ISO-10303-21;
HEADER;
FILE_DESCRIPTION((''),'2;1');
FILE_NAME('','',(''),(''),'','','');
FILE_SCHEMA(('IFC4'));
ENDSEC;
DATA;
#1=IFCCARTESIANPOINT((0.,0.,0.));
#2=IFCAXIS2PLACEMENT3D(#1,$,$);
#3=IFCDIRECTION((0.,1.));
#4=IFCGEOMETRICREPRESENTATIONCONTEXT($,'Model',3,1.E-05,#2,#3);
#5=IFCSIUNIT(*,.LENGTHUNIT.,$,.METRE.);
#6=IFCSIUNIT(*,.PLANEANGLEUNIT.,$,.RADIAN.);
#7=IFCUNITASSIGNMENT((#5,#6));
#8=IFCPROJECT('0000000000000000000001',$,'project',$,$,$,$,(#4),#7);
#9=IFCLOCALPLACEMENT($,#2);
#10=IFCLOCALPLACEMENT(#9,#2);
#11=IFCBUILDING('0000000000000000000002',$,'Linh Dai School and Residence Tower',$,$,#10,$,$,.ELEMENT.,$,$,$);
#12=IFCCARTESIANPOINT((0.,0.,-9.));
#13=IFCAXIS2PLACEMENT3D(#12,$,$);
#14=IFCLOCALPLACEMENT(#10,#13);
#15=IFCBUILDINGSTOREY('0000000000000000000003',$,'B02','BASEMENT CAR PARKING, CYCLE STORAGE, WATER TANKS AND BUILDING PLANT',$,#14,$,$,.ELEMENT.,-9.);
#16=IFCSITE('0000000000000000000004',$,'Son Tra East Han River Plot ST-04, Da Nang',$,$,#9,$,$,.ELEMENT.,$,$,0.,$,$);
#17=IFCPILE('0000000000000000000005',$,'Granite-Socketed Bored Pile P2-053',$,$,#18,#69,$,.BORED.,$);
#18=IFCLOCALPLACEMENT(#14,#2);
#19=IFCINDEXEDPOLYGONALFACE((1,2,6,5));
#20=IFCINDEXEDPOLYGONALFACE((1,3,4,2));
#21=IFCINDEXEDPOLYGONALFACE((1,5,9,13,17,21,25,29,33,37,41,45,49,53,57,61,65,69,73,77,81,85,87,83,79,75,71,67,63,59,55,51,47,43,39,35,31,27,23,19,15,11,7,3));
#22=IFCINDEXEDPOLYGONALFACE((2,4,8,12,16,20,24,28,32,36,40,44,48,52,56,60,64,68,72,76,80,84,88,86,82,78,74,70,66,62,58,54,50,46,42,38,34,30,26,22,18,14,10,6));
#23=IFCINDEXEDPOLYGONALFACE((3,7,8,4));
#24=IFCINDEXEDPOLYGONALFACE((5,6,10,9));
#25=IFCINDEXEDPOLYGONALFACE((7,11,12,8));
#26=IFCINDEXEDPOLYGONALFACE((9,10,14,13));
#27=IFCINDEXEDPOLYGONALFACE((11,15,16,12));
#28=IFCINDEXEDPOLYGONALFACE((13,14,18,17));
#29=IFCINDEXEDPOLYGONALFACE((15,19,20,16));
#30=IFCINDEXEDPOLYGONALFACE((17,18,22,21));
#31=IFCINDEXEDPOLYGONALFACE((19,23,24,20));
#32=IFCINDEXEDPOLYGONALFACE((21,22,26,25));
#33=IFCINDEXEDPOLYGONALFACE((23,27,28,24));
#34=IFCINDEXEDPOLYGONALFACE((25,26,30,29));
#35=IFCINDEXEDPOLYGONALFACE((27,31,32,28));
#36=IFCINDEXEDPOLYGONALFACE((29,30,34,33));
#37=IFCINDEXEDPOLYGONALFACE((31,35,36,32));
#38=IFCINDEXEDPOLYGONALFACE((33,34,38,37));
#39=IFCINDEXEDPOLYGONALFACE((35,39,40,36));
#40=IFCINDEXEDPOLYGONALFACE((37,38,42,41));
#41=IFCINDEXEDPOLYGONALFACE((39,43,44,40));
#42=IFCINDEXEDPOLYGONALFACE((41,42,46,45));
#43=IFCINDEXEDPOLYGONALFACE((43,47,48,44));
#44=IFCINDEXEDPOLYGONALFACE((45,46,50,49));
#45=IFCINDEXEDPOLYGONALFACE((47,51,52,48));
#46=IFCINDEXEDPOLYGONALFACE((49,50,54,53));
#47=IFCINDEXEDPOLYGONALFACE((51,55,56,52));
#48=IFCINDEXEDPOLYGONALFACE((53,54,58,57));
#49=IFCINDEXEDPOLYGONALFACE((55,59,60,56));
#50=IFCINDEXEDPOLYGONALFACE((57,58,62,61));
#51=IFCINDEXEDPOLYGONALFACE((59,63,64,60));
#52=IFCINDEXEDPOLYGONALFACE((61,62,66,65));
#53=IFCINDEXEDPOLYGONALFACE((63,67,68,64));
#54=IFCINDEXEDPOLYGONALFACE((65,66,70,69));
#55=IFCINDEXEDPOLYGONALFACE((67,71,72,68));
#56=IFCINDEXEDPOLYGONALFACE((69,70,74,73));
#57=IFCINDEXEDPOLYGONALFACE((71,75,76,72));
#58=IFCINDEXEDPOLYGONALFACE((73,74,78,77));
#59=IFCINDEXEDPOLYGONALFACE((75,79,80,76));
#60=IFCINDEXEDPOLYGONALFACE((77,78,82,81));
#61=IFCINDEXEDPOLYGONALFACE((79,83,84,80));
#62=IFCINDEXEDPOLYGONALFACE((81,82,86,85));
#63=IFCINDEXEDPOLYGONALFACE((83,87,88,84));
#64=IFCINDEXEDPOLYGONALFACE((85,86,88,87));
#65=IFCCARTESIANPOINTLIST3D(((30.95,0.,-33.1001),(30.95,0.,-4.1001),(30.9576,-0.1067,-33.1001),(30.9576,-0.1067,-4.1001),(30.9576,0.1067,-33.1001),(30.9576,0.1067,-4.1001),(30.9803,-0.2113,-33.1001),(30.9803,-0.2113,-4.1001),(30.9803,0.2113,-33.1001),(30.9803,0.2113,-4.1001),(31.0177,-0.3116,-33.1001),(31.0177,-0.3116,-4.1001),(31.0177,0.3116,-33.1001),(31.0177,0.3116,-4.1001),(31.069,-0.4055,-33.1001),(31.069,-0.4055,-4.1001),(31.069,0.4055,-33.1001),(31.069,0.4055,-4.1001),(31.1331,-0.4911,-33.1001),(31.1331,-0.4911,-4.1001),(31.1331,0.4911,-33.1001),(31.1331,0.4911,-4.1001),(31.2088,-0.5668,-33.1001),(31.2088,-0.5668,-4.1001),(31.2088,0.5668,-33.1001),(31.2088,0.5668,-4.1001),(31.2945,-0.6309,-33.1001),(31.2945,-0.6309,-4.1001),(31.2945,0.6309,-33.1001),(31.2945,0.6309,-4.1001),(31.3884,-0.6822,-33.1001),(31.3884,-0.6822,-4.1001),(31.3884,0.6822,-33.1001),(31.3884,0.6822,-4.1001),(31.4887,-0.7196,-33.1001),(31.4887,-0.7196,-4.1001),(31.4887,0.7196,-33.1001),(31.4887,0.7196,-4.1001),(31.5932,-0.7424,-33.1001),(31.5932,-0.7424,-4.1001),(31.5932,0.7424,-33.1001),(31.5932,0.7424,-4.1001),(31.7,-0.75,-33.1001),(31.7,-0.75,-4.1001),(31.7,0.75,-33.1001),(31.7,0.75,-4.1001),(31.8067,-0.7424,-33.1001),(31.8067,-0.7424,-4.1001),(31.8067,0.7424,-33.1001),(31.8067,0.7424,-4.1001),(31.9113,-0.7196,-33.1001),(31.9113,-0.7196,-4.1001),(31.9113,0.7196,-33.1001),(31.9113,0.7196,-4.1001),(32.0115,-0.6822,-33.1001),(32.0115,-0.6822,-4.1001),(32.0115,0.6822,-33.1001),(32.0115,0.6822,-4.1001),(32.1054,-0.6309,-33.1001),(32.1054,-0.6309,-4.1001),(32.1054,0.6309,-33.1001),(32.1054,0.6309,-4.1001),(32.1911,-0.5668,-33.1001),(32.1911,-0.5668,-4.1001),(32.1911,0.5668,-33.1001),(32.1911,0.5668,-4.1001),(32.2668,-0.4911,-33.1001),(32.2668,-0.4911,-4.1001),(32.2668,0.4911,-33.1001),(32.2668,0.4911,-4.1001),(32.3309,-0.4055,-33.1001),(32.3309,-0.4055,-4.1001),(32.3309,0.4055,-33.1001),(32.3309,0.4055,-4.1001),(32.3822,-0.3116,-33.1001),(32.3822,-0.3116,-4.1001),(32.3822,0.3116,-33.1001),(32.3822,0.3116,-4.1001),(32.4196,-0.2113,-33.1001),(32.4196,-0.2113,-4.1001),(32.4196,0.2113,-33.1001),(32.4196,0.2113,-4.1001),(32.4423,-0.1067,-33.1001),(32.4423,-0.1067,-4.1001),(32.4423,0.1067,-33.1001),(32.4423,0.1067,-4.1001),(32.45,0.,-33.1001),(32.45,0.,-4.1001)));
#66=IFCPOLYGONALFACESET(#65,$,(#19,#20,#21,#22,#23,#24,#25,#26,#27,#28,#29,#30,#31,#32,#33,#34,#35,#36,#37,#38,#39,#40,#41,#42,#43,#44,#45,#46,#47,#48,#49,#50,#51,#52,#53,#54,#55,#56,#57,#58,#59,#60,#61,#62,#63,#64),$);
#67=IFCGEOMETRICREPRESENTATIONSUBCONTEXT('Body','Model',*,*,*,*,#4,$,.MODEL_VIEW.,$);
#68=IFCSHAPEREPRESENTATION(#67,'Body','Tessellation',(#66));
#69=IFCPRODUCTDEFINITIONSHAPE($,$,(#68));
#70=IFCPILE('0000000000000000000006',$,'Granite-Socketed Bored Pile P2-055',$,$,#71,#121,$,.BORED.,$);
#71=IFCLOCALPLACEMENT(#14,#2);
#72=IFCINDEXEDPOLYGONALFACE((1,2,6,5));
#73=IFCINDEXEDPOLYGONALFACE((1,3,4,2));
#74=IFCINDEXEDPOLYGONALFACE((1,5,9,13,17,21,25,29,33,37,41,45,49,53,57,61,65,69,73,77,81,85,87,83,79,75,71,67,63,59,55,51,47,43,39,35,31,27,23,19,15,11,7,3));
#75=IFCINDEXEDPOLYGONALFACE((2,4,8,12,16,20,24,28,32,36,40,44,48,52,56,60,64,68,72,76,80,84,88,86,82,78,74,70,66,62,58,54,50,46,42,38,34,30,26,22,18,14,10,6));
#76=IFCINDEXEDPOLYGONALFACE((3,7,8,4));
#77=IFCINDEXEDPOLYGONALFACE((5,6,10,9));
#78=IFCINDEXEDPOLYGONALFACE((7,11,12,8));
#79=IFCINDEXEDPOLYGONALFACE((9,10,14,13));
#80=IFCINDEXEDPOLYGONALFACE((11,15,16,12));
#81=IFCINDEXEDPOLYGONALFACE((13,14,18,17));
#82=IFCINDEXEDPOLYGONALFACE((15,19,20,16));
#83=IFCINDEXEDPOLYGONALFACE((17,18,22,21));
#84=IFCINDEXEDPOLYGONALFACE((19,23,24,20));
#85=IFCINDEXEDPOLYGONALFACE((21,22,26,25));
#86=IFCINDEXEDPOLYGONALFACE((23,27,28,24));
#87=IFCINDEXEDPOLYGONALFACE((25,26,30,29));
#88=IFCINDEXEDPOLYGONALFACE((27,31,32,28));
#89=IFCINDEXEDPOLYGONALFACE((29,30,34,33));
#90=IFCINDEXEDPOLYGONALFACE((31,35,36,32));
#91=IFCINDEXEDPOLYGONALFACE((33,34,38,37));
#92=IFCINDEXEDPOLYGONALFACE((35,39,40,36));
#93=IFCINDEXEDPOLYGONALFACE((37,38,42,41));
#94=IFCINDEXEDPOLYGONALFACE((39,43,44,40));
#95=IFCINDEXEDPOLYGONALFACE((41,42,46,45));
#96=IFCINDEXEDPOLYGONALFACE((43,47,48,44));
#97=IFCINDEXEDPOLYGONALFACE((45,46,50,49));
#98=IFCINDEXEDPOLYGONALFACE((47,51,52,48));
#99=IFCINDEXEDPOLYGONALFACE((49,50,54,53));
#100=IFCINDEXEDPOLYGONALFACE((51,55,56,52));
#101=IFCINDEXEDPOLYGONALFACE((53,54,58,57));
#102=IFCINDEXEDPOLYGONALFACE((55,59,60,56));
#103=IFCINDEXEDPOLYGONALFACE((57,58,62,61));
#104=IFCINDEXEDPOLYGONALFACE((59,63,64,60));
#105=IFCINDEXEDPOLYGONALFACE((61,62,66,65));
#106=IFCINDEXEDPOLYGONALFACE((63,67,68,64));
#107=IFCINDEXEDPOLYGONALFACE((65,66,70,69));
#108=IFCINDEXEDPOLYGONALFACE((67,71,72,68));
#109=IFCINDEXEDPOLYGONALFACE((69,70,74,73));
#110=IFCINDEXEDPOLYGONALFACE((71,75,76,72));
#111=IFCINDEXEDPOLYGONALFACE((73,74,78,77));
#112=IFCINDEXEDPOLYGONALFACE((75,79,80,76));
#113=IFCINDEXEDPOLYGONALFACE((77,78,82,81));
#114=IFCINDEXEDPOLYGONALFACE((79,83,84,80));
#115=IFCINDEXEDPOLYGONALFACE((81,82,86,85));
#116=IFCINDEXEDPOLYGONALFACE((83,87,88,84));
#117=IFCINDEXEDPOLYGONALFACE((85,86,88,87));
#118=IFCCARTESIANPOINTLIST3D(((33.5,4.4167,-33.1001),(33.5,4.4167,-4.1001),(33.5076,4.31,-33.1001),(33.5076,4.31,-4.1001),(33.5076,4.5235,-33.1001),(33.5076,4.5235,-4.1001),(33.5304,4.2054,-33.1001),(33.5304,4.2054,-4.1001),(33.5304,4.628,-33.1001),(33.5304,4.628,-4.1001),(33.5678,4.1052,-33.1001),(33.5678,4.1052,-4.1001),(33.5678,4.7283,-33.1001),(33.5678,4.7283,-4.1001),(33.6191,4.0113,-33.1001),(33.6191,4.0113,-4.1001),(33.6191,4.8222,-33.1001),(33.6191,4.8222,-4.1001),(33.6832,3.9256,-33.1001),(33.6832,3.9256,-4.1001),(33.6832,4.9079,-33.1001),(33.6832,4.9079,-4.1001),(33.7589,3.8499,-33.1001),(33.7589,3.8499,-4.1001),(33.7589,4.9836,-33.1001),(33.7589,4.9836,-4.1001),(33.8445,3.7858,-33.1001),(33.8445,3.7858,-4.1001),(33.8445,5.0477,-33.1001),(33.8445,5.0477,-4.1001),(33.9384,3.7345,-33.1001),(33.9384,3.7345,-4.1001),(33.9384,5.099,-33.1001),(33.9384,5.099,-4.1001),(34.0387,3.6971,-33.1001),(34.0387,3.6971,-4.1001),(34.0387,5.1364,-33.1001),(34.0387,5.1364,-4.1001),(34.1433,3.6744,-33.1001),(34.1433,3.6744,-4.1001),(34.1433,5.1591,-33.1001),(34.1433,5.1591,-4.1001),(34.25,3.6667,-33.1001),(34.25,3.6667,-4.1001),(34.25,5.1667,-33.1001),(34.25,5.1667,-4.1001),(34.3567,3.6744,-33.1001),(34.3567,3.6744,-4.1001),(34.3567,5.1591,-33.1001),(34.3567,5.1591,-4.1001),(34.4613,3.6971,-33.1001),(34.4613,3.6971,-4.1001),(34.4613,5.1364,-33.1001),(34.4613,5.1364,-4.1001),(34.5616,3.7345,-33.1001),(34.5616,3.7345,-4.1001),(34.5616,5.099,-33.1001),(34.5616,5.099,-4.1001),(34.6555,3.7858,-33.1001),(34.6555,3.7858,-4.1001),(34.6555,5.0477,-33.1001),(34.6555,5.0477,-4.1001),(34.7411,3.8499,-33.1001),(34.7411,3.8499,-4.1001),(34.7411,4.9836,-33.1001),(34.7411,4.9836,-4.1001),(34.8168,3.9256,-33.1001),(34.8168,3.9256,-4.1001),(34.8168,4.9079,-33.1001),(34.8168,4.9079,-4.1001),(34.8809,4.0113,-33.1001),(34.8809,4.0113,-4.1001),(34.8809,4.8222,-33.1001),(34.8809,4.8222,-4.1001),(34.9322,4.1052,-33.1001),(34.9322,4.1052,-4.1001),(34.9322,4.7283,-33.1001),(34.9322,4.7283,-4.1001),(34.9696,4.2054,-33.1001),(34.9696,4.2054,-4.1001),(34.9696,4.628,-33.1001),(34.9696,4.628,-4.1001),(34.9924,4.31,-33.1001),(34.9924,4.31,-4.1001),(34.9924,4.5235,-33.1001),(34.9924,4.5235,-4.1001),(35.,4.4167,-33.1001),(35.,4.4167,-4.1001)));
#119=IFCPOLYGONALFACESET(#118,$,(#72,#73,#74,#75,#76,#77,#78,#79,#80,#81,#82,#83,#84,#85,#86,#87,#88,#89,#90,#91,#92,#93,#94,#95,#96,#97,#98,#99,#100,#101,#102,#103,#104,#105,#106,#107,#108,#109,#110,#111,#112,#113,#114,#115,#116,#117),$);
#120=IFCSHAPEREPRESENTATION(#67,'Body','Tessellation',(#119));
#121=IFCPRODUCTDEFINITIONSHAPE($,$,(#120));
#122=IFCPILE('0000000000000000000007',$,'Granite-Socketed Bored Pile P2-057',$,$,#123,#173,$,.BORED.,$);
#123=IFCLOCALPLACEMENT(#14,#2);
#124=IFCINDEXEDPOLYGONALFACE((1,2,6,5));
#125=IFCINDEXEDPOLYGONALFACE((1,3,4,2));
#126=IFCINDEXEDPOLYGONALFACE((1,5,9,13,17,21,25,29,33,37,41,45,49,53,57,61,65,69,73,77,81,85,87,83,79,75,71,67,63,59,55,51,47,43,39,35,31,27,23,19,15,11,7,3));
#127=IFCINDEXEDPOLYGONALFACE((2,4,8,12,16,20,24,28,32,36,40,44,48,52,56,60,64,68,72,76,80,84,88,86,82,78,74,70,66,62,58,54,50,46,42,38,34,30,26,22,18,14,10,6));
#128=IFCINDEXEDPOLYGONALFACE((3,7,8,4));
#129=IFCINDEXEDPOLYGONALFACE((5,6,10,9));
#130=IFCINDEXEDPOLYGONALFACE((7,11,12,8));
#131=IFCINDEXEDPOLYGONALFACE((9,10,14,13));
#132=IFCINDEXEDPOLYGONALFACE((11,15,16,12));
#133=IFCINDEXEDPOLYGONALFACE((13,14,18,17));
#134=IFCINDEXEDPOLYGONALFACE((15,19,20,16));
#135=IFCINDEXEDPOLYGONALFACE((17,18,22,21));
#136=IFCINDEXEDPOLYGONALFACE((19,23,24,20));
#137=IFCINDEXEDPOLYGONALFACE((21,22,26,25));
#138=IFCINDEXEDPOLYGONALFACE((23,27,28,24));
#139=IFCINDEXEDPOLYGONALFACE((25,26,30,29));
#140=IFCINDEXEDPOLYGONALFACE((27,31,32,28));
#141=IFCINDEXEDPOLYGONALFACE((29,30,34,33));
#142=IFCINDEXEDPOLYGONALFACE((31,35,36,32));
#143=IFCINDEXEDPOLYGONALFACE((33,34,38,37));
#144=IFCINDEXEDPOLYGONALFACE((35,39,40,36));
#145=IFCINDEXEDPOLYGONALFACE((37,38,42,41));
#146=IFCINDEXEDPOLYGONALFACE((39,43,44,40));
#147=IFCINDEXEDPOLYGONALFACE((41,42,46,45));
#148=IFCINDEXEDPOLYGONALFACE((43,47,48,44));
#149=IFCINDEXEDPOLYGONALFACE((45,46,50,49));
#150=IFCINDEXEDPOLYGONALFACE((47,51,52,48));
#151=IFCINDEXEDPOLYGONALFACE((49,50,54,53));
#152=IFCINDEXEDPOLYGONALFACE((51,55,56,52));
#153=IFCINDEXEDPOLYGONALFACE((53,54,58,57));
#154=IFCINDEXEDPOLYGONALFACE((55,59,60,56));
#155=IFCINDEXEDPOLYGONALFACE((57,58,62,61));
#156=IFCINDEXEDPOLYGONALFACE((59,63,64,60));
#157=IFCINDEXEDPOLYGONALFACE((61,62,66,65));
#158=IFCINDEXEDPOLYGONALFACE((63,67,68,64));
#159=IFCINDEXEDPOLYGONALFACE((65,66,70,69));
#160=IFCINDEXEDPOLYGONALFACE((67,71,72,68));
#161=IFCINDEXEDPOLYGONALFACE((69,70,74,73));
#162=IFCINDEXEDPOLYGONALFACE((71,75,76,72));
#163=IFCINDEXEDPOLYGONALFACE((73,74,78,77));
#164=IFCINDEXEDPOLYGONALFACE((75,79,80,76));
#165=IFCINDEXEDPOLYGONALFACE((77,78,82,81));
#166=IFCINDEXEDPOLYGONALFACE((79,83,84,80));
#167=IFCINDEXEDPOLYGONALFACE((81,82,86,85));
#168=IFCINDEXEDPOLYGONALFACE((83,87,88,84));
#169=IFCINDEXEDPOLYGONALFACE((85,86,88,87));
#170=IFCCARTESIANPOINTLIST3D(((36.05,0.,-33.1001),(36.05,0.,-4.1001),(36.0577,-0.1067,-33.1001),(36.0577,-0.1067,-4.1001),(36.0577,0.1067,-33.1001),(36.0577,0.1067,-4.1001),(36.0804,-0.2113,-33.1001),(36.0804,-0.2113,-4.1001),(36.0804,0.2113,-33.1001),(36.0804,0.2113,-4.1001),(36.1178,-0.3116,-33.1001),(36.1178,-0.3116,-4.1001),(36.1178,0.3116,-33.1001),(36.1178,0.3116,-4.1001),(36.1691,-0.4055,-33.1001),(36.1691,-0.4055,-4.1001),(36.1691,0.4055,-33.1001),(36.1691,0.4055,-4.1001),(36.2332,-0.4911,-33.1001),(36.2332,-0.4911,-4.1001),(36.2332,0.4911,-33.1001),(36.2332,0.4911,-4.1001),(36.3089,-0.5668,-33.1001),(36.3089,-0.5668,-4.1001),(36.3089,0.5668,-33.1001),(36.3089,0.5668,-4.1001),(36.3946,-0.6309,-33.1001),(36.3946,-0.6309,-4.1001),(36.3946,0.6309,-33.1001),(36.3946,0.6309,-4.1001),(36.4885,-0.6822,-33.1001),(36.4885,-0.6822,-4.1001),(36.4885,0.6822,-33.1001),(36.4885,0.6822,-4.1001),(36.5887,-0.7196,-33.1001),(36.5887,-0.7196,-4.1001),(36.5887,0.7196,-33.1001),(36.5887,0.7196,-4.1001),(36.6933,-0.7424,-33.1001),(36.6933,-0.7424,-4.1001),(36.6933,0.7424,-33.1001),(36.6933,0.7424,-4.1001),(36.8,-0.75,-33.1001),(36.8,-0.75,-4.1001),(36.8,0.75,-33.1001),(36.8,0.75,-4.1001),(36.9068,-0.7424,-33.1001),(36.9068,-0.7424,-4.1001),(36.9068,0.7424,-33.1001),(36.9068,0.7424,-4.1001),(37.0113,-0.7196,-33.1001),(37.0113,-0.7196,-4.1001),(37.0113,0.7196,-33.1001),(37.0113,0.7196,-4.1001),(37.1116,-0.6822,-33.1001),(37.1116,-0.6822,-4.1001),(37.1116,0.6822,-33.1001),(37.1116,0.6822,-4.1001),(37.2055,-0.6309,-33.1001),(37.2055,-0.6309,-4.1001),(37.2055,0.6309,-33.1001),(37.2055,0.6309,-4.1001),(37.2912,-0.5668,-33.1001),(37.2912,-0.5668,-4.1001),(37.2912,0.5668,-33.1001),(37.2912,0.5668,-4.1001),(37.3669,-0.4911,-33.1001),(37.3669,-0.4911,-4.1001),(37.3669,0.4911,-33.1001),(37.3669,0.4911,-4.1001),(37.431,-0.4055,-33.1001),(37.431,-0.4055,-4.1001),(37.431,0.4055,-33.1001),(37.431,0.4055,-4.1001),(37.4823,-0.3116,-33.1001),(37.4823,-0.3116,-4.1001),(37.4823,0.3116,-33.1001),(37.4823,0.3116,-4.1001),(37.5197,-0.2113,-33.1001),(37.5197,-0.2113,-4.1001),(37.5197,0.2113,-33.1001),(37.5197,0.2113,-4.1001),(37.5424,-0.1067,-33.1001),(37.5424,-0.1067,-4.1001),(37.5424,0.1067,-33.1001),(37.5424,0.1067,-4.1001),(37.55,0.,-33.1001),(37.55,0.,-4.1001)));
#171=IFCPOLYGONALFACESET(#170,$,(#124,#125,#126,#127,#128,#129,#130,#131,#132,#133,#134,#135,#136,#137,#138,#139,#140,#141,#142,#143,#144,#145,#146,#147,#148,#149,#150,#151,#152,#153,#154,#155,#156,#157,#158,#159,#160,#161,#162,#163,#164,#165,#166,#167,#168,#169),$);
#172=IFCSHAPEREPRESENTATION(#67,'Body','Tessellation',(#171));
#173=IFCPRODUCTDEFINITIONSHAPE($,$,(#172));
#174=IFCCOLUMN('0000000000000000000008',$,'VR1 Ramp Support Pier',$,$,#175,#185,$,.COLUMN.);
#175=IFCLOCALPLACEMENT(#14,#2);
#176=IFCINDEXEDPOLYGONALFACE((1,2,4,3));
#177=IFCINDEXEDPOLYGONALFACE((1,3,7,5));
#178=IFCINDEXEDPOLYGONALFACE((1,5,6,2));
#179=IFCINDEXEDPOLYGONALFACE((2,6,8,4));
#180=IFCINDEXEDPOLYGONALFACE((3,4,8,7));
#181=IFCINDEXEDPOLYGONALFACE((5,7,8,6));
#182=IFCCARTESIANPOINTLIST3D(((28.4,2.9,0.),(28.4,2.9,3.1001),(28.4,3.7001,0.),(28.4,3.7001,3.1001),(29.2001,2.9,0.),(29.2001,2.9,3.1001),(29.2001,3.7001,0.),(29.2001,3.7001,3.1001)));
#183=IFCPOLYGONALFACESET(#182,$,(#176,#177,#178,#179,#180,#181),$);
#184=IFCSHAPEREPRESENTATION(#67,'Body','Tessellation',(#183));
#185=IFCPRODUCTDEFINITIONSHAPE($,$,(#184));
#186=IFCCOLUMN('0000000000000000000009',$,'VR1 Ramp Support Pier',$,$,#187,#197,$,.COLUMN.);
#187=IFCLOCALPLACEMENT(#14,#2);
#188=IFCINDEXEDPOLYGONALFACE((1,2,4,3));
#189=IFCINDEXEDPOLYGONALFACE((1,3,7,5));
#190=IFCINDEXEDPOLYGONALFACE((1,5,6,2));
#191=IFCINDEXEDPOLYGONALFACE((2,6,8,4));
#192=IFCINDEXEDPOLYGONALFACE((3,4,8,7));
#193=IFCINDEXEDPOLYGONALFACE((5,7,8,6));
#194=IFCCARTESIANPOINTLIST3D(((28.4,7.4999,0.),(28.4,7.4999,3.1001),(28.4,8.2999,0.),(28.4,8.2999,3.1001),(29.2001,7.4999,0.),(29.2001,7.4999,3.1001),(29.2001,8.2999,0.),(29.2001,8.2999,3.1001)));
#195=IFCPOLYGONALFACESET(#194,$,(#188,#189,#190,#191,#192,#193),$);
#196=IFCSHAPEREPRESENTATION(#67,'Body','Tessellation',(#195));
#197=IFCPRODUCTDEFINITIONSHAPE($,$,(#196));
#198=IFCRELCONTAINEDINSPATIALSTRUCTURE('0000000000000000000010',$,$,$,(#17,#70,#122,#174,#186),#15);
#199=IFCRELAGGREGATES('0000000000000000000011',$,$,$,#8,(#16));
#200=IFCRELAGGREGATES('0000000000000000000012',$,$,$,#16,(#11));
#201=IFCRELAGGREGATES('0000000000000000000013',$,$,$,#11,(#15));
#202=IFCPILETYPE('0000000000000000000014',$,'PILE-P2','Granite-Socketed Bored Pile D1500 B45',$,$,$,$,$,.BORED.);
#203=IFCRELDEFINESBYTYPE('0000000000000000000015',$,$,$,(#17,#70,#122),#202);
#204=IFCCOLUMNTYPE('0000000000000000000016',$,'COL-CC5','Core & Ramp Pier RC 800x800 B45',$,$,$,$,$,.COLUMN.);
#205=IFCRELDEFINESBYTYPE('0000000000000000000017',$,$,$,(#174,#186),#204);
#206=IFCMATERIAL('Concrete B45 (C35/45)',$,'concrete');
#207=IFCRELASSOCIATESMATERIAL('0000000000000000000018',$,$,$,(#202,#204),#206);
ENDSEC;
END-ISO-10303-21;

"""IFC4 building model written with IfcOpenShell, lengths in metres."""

from ifc_helpers import new_model, si_unit, direction, frame, origin, origin_2d, place, context, subcontext, project, spatial, rectangle, circle, extrude, material, material_profile, profile_set, type_object, element, save


model = new_model("IFC4")

# Units and contexts
model_context = context("Model", 3, precision=1e-05, world=origin(), true_north=direction((0.0, 1.0)))
body_context = subcontext(model_context, "Body", "Model", "MODEL_VIEW")
ifc_project = project(units=[si_unit("LENGTHUNIT", "METRE"), si_unit("PLANEANGLEUNIT", "RADIAN")], contexts=[model_context])

# Site, building, storey
site_placement = place(None, origin())
site = spatial("IfcSite", under=ifc_project, at=site_placement, Name="Son Tra East Han River Plot ST-04, Da Nang", CompositionType="ELEMENT", RefElevation=0.0)
building_placement = place(site_placement, origin())
building = spatial("IfcBuilding", under=site, at=building_placement, Name="Linh Dai School and Residence Tower", CompositionType="ELEMENT")
storey_placement = place(building_placement, frame((0.0, 0.0, -9.0)))
storey = spatial("IfcBuildingStorey", under=building, at=storey_placement, Name="B02", Description="BASEMENT CAR PARKING, CYCLE STORAGE, WATER TANKS AND BUILDING PLANT", CompositionType="ELEMENT", Elevation=-9.0)

# Piles
ifc_material_1 = material(Name="Concrete B45 (C35/45)", Category="concrete")
ifc_material_profile_1 = material_profile(ifc_material_1, circle(Radius=0.75, at=origin_2d()), Name="PILE D1500")
ifc_profile_set_1 = profile_set([ifc_material_profile_1], Name="Concrete B45 (C35/45)")
pile_type_1 = type_object("IfcPileType", Name="PILE-P2", Description="Granite-Socketed Bored Pile D1500 B45", PredefinedType="BORED", material=ifc_profile_set_1)
for number, where, z_axis, x_axis, name in (
    (1, (31.7, 0.0, -4.1001), (0.0, 0.0, -1.0), (1.0, 0.0, 0.0), "Granite-Socketed Bored Pile P2-053"),
    (2, (34.25, 4.4167, -4.1001), (0.0, 0.0, -1.0), (1.0, 0.0, 0.0), "Granite-Socketed Bored Pile P2-055"),
    (3, (36.8, 0.0, -4.1001), (0.0, 0.0, -1.0), (1.0, 0.0, 0.0), "Granite-Socketed Bored Pile P2-057"),
):
    element("IfcPile", number, at=place(storey_placement, frame(where, z_axis=z_axis, x_axis=x_axis)), inside=storey, type_object=pile_type_1, Name=name, PredefinedType="BORED", context=body_context, shape_type="SweptSolid", body=[
        extrude(circle(Radius=0.75, at=origin_2d()), origin(), (0.0, 0.0, 1.0), 29.0),
    ])

# Columns
ifc_material_profile_2 = material_profile(ifc_material_1, rectangle(XDim=0.8, YDim=0.8, at=origin_2d()), Name="RC 800x800")
ifc_profile_set_2 = profile_set([ifc_material_profile_2], Name="Concrete B45 (C35/45)")
column_type_1 = type_object("IfcColumnType", Name="COL-CC5", Description="Core & Ramp Pier RC 800x800 B45", PredefinedType="COLUMN", material=ifc_profile_set_2)
for number, where, z_axis, x_axis, name in (
    (4, (28.8, 3.3, 0.0), (0.0, 0.0, 1.0), (1.0, 0.0, 0.0), "VR1 Ramp Support Pier"),
    (5, (28.8, 7.8999, 0.0), (0.0, 0.0, 1.0), (1.0, 0.0, 0.0), "VR1 Ramp Support Pier"),
):
    element("IfcColumn", number, at=place(storey_placement, frame(where, z_axis=z_axis, x_axis=x_axis)), inside=storey, type_object=column_type_1, Name=name, PredefinedType="COLUMN", context=body_context, shape_type="SweptSolid", body=[
        extrude(rectangle(XDim=0.8, YDim=0.8, at=origin_2d()), origin(), (0.0, 0.0, 1.0), 3.1001),
    ])

save(model, "model.ifc")
